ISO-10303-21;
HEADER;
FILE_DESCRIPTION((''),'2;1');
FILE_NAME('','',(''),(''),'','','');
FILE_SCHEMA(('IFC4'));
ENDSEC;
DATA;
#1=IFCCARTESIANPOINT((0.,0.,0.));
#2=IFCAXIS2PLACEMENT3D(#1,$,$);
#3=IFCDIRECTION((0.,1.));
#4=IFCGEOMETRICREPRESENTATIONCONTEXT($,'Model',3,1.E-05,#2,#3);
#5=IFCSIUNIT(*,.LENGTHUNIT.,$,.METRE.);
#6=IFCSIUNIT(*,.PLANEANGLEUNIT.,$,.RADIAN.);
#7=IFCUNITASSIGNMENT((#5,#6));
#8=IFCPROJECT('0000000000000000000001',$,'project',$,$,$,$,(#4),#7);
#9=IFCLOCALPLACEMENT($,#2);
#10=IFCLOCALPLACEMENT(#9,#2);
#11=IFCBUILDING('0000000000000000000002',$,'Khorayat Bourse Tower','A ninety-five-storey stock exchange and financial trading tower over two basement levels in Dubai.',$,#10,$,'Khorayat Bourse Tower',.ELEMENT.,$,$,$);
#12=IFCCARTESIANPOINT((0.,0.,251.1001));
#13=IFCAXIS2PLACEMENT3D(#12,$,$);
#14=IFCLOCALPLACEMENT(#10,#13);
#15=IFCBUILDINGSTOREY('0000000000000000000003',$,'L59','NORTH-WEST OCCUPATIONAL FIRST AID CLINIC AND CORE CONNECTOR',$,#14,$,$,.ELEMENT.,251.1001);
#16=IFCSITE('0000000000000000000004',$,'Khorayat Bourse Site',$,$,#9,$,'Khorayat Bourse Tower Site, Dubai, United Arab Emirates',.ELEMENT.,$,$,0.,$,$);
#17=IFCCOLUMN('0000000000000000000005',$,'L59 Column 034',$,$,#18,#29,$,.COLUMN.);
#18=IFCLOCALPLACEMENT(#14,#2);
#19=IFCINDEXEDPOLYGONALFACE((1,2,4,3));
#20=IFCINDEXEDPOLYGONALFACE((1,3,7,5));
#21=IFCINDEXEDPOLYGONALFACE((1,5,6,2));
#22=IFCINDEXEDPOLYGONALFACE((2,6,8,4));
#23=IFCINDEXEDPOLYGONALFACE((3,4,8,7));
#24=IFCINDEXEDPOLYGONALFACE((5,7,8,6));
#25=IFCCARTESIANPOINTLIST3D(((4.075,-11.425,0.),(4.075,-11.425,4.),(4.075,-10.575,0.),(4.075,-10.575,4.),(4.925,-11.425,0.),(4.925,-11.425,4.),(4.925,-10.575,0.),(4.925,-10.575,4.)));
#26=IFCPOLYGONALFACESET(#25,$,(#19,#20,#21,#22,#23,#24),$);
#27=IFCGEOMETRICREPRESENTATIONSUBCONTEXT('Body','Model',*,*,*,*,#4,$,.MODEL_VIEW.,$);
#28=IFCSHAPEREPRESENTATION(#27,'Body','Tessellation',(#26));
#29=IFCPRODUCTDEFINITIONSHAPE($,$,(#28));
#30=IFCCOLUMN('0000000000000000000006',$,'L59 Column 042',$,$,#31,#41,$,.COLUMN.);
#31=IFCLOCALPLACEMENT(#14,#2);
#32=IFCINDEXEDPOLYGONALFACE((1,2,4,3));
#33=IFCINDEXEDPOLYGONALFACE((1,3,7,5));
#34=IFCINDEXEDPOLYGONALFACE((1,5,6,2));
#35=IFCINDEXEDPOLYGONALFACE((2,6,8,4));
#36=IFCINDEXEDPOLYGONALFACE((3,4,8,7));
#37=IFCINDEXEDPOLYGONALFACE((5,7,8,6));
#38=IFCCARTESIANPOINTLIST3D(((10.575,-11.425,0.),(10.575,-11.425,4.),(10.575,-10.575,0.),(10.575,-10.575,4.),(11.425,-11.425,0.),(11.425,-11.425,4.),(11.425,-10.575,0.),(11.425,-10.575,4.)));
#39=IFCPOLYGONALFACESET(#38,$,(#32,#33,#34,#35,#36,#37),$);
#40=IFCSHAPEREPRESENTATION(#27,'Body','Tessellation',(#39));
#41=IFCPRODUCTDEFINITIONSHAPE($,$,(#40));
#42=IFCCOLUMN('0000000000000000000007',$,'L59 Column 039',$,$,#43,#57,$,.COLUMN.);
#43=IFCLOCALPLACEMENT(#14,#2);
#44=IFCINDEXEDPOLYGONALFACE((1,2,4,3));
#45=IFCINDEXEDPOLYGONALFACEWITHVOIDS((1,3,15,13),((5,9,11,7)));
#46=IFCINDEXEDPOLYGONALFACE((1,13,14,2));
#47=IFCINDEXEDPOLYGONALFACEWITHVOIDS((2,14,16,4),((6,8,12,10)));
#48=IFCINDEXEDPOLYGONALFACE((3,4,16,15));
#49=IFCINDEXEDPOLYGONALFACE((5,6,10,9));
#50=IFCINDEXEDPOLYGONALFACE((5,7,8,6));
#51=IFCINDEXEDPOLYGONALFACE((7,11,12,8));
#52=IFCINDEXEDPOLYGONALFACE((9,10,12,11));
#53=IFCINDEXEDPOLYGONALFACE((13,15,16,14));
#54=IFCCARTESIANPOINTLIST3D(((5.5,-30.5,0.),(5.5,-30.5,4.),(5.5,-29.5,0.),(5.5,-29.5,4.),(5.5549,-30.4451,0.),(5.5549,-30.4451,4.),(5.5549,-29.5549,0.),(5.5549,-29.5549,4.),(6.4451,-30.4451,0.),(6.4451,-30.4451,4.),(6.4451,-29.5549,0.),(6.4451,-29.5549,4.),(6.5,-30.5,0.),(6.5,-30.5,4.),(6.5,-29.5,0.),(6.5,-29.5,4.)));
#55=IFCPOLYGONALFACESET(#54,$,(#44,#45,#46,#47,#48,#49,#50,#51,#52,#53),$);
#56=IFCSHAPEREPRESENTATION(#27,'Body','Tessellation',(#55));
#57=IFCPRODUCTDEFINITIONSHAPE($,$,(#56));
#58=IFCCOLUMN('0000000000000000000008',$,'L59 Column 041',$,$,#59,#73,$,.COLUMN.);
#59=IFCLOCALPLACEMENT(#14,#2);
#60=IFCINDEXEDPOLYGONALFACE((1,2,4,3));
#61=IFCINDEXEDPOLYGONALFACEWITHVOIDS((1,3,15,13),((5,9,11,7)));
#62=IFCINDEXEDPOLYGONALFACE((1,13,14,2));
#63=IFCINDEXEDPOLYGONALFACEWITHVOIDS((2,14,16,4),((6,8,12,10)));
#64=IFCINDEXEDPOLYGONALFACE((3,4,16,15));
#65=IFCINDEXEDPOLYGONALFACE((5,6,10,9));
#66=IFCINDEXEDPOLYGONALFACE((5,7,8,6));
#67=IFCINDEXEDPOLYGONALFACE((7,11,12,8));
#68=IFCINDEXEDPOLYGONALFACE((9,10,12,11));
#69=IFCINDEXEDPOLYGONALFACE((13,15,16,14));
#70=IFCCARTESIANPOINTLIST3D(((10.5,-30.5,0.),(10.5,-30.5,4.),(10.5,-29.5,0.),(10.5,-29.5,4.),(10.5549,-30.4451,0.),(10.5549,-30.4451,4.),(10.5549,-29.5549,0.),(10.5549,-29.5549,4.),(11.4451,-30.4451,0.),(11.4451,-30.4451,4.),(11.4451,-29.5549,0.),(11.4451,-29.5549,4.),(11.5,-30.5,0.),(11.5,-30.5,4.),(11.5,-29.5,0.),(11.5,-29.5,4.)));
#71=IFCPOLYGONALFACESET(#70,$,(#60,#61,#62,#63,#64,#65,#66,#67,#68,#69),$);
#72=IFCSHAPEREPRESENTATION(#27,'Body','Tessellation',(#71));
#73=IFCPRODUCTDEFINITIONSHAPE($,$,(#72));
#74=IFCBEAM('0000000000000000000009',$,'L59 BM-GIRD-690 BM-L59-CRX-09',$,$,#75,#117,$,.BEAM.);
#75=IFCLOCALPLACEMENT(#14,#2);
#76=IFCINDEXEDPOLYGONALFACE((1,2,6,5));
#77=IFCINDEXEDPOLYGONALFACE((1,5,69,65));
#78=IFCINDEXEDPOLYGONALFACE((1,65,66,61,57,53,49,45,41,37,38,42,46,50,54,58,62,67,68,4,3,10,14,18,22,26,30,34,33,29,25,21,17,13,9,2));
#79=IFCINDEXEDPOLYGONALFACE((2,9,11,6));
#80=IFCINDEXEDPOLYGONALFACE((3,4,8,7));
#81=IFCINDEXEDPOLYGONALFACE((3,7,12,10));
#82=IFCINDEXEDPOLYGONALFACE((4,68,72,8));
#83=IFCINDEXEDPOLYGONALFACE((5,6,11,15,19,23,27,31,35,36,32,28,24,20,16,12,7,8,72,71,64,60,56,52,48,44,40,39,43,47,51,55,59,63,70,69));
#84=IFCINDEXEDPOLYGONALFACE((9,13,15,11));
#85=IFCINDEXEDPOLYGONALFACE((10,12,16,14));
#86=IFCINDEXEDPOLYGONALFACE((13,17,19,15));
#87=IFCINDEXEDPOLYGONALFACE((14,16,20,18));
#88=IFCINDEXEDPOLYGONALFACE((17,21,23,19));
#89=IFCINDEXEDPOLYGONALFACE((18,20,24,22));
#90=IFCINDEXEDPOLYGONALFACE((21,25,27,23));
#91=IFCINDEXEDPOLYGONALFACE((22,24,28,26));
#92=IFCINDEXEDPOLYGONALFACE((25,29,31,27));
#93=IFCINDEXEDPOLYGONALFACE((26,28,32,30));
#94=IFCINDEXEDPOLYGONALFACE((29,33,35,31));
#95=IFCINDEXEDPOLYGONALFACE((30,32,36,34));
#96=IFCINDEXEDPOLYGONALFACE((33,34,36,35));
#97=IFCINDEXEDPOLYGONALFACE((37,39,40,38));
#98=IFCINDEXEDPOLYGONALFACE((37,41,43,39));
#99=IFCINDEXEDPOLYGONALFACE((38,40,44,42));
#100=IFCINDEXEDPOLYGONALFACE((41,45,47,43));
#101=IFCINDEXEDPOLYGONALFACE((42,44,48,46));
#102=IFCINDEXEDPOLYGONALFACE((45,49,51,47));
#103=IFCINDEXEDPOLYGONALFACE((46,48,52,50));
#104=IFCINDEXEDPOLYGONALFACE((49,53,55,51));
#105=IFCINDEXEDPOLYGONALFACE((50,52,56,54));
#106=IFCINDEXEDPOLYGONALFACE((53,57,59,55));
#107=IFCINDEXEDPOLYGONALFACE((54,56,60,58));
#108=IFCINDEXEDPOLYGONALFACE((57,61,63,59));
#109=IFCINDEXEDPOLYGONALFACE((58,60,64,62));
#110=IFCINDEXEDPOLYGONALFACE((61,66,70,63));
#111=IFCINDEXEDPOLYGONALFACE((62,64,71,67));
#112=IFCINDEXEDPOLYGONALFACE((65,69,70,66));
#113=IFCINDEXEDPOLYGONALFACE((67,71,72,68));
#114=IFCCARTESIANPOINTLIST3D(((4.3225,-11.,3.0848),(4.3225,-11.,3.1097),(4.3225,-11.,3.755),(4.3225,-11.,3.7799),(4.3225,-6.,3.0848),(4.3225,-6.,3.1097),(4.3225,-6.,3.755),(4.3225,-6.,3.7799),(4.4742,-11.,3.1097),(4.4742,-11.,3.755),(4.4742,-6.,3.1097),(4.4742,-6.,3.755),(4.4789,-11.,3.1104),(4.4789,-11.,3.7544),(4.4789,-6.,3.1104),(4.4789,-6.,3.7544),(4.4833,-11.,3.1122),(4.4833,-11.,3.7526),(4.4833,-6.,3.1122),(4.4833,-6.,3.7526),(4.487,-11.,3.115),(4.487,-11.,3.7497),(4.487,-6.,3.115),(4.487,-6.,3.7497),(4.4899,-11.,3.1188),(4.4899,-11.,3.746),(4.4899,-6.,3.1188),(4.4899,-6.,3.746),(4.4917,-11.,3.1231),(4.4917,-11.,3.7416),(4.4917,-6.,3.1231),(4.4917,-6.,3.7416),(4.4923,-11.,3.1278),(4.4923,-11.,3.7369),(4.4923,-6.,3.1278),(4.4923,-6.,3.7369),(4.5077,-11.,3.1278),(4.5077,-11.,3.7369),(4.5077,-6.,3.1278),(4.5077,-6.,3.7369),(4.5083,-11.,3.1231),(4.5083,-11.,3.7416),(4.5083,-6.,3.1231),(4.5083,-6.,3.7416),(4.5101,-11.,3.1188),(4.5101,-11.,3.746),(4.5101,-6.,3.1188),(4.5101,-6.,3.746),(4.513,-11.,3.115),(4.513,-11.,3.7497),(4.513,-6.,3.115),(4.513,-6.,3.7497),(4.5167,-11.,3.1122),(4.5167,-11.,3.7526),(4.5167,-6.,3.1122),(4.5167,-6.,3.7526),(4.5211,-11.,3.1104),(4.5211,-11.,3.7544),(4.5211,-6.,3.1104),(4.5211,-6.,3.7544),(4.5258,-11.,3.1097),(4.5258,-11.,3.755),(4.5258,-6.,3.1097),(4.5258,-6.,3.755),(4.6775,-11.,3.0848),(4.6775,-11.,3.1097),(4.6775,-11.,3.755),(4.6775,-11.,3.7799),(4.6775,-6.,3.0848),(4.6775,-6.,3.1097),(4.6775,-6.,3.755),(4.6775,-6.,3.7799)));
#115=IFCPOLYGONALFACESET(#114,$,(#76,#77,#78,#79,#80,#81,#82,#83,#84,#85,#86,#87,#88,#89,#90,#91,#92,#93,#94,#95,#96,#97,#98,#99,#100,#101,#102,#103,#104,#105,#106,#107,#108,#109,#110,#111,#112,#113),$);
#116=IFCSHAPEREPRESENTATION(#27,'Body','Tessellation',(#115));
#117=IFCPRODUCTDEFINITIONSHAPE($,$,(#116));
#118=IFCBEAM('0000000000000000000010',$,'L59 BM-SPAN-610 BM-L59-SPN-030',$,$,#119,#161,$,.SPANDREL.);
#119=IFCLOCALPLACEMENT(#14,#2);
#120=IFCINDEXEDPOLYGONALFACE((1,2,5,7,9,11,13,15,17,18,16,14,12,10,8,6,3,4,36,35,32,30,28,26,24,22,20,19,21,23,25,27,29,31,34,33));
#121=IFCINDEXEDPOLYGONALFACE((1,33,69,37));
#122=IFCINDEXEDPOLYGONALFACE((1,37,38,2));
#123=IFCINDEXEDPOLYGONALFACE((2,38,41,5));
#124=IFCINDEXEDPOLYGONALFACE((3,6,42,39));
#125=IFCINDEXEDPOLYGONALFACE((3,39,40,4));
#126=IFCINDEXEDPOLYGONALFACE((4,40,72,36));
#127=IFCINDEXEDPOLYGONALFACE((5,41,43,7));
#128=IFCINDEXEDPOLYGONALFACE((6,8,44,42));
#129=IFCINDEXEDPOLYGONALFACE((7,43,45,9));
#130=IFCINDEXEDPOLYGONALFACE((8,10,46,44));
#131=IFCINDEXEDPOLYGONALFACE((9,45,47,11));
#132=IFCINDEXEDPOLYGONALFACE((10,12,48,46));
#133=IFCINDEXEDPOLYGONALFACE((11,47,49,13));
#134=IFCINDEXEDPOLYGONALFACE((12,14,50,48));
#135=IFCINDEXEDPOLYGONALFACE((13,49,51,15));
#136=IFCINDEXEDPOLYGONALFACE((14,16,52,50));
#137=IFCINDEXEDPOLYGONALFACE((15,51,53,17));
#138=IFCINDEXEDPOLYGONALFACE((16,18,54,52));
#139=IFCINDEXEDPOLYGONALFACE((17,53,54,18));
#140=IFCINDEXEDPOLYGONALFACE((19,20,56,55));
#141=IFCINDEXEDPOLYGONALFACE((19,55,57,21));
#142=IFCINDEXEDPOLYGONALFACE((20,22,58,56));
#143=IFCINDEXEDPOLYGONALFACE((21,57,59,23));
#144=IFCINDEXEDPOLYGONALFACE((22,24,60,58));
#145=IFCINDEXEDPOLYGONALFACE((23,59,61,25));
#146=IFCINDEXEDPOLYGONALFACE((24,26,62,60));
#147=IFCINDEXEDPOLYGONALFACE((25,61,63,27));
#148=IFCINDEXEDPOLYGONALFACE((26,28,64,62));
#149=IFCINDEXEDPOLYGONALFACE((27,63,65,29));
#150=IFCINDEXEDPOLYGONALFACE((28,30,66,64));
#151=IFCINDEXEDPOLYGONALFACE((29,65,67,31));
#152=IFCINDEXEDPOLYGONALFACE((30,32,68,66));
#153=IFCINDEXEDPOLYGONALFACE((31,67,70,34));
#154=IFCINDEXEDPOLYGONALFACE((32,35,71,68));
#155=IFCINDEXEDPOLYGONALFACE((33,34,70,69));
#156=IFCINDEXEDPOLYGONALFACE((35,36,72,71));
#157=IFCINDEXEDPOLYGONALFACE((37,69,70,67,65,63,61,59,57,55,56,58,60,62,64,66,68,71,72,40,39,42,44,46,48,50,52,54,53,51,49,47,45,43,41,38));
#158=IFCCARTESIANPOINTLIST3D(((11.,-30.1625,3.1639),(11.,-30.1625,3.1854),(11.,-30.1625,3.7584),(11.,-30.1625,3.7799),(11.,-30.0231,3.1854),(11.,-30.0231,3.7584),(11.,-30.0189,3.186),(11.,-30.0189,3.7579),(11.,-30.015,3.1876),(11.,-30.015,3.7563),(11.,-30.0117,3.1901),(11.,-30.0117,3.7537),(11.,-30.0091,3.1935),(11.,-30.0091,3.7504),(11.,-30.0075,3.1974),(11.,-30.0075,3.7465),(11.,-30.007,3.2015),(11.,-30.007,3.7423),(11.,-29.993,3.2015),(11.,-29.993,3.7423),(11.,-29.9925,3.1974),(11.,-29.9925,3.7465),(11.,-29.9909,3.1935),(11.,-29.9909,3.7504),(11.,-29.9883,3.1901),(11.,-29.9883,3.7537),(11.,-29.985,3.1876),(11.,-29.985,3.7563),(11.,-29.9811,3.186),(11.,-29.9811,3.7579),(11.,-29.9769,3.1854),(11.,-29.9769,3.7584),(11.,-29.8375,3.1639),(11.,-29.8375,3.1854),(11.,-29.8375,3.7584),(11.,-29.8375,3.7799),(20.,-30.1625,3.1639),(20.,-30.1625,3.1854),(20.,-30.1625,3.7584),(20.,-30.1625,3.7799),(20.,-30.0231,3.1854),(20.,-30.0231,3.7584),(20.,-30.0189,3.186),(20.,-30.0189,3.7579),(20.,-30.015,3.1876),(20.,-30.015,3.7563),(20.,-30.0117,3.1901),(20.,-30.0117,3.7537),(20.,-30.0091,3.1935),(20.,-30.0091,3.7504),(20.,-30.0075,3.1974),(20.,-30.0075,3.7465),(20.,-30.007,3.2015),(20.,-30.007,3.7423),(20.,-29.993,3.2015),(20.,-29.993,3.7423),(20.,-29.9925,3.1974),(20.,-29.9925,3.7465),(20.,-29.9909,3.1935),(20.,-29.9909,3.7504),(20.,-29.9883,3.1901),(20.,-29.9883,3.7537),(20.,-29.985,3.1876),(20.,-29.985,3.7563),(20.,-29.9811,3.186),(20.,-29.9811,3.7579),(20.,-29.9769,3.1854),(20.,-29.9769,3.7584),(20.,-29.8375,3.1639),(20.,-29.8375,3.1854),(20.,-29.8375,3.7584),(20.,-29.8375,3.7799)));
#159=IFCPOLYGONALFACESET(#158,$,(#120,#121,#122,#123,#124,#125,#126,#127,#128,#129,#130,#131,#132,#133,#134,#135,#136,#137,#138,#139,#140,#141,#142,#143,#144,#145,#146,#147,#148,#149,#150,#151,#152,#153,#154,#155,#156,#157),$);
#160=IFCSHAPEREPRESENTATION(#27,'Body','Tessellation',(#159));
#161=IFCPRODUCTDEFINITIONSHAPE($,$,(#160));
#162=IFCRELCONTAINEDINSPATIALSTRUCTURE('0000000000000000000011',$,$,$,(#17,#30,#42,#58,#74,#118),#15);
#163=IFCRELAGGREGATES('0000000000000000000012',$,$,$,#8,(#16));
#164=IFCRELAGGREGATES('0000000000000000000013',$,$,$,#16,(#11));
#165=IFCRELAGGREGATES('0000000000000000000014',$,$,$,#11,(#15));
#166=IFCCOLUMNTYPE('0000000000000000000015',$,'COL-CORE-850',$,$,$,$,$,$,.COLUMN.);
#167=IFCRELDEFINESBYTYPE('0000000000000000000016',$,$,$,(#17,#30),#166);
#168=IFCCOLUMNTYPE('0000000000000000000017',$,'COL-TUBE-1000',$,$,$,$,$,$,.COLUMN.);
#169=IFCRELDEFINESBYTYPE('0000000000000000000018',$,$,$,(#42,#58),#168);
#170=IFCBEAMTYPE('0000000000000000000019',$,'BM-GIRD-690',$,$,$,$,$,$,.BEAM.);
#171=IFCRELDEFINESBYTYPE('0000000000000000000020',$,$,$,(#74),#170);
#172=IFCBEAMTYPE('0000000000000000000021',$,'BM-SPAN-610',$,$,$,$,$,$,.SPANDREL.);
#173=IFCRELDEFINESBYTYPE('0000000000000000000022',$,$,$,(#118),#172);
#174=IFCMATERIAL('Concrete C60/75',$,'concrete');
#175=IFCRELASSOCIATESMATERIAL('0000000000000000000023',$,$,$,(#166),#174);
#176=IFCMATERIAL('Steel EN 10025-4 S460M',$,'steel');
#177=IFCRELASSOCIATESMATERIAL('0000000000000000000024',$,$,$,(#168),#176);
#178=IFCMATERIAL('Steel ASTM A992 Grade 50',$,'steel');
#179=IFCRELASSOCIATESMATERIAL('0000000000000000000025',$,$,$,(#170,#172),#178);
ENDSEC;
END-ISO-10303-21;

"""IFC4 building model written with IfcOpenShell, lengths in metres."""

from ifc_helpers import new_model, si_unit, direction, frame, origin, origin_2d, place, context, subcontext, project, spatial, rectangle, hollow_rectangle, i_section, extrude, source, transform, mapped, material, material_profile, profile_set, type_object, element, save


model = new_model("IFC4")

# Units and contexts
model_context = context("Model", 3, precision=1e-05, world=origin(), true_north=direction((0.0, 1.0)))
body_context = subcontext(model_context, "Body", "Model", "MODEL_VIEW")
ifc_project = project(units=[si_unit("LENGTHUNIT", "METRE"), si_unit("PLANEANGLEUNIT", "RADIAN")], contexts=[model_context])

# Site, building, storey
site_placement = place(None, origin())
site = spatial("IfcSite", under=ifc_project, at=site_placement, Name="Khorayat Bourse Site", LongName="Khorayat Bourse Tower Site, Dubai, United Arab Emirates", CompositionType="ELEMENT", RefElevation=0.0)
building_placement = place(site_placement, origin())
building = spatial("IfcBuilding", under=site, at=building_placement, Name="Khorayat Bourse Tower", Description="A ninety-five-storey stock exchange and financial trading tower over two basement levels in Dubai.", LongName="Khorayat Bourse Tower", CompositionType="ELEMENT")
storey_placement = place(building_placement, frame((0.0, 0.0, 251.1001)))
storey = spatial("IfcBuildingStorey", under=building, at=storey_placement, Name="L59", Description="NORTH-WEST OCCUPATIONAL FIRST AID CLINIC AND CORE CONNECTOR", CompositionType="ELEMENT", Elevation=251.1001)

# Columns
ifc_material_1 = material(Name="Concrete C60/75", Category="concrete")
ifc_material_profile_1 = material_profile(ifc_material_1, rectangle(XDim=0.8501, YDim=0.8501, at=origin_2d()), Name="RC 850x850")
ifc_profile_set_1 = profile_set([ifc_material_profile_1], Name="Concrete C60/75")
column_type_1 = type_object("IfcColumnType", Name="COL-CORE-850", PredefinedType="COLUMN", material=ifc_profile_set_1)
shared_shape_1 = source(origin(), body_context, "Body", "SweptSolid", [
    extrude(rectangle(XDim=0.8501, YDim=0.8501, at=origin_2d()), origin(), (0.0, 0.0, 1.0), 4.0),
])
for number, where, z_axis, x_axis, name in (
    (1, (4.5, -11.0, 0.0), (0.0, 0.0, 1.0), (1.0, 0.0, 0.0), "L59 Column 034"),
    (2, (11.0, -11.0, 0.0), (0.0, 0.0, 1.0), (1.0, 0.0, 0.0), "L59 Column 042"),
):
    element("IfcColumn", number, at=place(storey_placement, frame(where, z_axis=z_axis, x_axis=x_axis)), inside=storey, type_object=column_type_1, Name=name, PredefinedType="COLUMN", context=body_context, shape_type="MappedRepresentation", body=[
        mapped(shared_shape_1, transform((0.0, 0.0, 0.0), scale=1.0)),
    ])
ifc_material_2 = material(Name="Steel EN 10025-4 S460M", Category="steel")
ifc_material_profile_2 = material_profile(ifc_material_2, hollow_rectangle(XDim=1.0, YDim=1.0, WallThickness=0.0549, at=origin_2d()), Name="BOX 1000x1000x55")
ifc_profile_set_2 = profile_set([ifc_material_profile_2], Name="Steel EN 10025-4 S460M")
column_type_2 = type_object("IfcColumnType", Name="COL-TUBE-1000", PredefinedType="COLUMN", material=ifc_profile_set_2)
shared_shape_2 = source(origin(), body_context, "Body", "SweptSolid", [
    extrude(hollow_rectangle(XDim=1.0, YDim=1.0, WallThickness=0.0549, at=origin_2d()), origin(), (0.0, 0.0, 1.0), 4.0),
])
for number, where, z_axis, x_axis, name in (
    (3, (6.0, -30.0, 0.0), (0.0, 0.0, 1.0), (1.0, 0.0, 0.0), "L59 Column 039"),
    (4, (11.0, -30.0, 0.0), (0.0, 0.0, 1.0), (1.0, 0.0, 0.0), "L59 Column 041"),
):
    element("IfcColumn", number, at=place(storey_placement, frame(where, z_axis=z_axis, x_axis=x_axis)), inside=storey, type_object=column_type_2, Name=name, PredefinedType="COLUMN", context=body_context, shape_type="MappedRepresentation", body=[
        mapped(shared_shape_2, transform((0.0, 0.0, 0.0), scale=1.0)),
    ])

# Beams
ifc_material_3 = material(Name="Steel ASTM A992 Grade 50", Category="steel")
ifc_material_profile_3 = material_profile(ifc_material_3, i_section(OverallWidth=0.355, OverallDepth=0.6951, WebThickness=0.0154, FlangeThickness=0.0249, FilletRadius=0.0181, at=origin_2d()), Name="W690X217")
ifc_profile_set_3 = profile_set([ifc_material_profile_3], Name="Steel ASTM A992 Grade 50")
beam_type_1 = type_object("IfcBeamType", Name="BM-GIRD-690", PredefinedType="BEAM", material=ifc_profile_set_3)
shared_shape_3 = source(origin(), body_context, "Body", "SweptSolid", [
    extrude(i_section(OverallWidth=0.355, OverallDepth=0.6951, WebThickness=0.0154, FlangeThickness=0.0249, FilletRadius=0.0181, at=origin_2d()), origin(), (0.0, 0.0, 1.0), 5.0),
])
beam_1_placement = place(storey_placement, frame((4.5, -11.0, 3.4324), z_axis=(0.0, 1.0, 0.0), x_axis=(-1.0, 0.0, 0.0)))
element("IfcBeam", 5, at=beam_1_placement, inside=storey, type_object=beam_type_1, Name="L59 BM-GIRD-690 BM-L59-CRX-09", PredefinedType="BEAM", context=body_context, shape_type="MappedRepresentation", body=[
    mapped(shared_shape_3, transform((0.0, 0.0, 0.0), scale=1.0)),
])
ifc_material_profile_4 = material_profile(ifc_material_3, i_section(OverallWidth=0.325, OverallDepth=0.616, WebThickness=0.0139, FlangeThickness=0.0215, FilletRadius=0.0161, at=origin_2d()), Name="W610X174")
ifc_profile_set_4 = profile_set([ifc_material_profile_4], Name="Steel ASTM A992 Grade 50")
beam_type_2 = type_object("IfcBeamType", Name="BM-SPAN-610", PredefinedType="SPANDREL", material=ifc_profile_set_4)
shared_shape_4 = source(origin(), body_context, "Body", "SweptSolid", [
    extrude(i_section(OverallWidth=0.325, OverallDepth=0.616, WebThickness=0.0139, FlangeThickness=0.0215, FilletRadius=0.0161, at=origin_2d()), origin(), (0.0, 0.0, 1.0), 9.0),
])
beam_2_placement = place(storey_placement, frame((11.0, -30.0, 3.4719), z_axis=(1.0, 0.0, 0.0), x_axis=(0.0, 1.0, 0.0)))
element("IfcBeam", 6, at=beam_2_placement, inside=storey, type_object=beam_type_2, Name="L59 BM-SPAN-610 BM-L59-SPN-030", PredefinedType="SPANDREL", context=body_context, shape_type="MappedRepresentation", body=[
    mapped(shared_shape_4, transform((0.0, 0.0, 0.0), scale=1.0)),
])

save(model, "model.ifc")
